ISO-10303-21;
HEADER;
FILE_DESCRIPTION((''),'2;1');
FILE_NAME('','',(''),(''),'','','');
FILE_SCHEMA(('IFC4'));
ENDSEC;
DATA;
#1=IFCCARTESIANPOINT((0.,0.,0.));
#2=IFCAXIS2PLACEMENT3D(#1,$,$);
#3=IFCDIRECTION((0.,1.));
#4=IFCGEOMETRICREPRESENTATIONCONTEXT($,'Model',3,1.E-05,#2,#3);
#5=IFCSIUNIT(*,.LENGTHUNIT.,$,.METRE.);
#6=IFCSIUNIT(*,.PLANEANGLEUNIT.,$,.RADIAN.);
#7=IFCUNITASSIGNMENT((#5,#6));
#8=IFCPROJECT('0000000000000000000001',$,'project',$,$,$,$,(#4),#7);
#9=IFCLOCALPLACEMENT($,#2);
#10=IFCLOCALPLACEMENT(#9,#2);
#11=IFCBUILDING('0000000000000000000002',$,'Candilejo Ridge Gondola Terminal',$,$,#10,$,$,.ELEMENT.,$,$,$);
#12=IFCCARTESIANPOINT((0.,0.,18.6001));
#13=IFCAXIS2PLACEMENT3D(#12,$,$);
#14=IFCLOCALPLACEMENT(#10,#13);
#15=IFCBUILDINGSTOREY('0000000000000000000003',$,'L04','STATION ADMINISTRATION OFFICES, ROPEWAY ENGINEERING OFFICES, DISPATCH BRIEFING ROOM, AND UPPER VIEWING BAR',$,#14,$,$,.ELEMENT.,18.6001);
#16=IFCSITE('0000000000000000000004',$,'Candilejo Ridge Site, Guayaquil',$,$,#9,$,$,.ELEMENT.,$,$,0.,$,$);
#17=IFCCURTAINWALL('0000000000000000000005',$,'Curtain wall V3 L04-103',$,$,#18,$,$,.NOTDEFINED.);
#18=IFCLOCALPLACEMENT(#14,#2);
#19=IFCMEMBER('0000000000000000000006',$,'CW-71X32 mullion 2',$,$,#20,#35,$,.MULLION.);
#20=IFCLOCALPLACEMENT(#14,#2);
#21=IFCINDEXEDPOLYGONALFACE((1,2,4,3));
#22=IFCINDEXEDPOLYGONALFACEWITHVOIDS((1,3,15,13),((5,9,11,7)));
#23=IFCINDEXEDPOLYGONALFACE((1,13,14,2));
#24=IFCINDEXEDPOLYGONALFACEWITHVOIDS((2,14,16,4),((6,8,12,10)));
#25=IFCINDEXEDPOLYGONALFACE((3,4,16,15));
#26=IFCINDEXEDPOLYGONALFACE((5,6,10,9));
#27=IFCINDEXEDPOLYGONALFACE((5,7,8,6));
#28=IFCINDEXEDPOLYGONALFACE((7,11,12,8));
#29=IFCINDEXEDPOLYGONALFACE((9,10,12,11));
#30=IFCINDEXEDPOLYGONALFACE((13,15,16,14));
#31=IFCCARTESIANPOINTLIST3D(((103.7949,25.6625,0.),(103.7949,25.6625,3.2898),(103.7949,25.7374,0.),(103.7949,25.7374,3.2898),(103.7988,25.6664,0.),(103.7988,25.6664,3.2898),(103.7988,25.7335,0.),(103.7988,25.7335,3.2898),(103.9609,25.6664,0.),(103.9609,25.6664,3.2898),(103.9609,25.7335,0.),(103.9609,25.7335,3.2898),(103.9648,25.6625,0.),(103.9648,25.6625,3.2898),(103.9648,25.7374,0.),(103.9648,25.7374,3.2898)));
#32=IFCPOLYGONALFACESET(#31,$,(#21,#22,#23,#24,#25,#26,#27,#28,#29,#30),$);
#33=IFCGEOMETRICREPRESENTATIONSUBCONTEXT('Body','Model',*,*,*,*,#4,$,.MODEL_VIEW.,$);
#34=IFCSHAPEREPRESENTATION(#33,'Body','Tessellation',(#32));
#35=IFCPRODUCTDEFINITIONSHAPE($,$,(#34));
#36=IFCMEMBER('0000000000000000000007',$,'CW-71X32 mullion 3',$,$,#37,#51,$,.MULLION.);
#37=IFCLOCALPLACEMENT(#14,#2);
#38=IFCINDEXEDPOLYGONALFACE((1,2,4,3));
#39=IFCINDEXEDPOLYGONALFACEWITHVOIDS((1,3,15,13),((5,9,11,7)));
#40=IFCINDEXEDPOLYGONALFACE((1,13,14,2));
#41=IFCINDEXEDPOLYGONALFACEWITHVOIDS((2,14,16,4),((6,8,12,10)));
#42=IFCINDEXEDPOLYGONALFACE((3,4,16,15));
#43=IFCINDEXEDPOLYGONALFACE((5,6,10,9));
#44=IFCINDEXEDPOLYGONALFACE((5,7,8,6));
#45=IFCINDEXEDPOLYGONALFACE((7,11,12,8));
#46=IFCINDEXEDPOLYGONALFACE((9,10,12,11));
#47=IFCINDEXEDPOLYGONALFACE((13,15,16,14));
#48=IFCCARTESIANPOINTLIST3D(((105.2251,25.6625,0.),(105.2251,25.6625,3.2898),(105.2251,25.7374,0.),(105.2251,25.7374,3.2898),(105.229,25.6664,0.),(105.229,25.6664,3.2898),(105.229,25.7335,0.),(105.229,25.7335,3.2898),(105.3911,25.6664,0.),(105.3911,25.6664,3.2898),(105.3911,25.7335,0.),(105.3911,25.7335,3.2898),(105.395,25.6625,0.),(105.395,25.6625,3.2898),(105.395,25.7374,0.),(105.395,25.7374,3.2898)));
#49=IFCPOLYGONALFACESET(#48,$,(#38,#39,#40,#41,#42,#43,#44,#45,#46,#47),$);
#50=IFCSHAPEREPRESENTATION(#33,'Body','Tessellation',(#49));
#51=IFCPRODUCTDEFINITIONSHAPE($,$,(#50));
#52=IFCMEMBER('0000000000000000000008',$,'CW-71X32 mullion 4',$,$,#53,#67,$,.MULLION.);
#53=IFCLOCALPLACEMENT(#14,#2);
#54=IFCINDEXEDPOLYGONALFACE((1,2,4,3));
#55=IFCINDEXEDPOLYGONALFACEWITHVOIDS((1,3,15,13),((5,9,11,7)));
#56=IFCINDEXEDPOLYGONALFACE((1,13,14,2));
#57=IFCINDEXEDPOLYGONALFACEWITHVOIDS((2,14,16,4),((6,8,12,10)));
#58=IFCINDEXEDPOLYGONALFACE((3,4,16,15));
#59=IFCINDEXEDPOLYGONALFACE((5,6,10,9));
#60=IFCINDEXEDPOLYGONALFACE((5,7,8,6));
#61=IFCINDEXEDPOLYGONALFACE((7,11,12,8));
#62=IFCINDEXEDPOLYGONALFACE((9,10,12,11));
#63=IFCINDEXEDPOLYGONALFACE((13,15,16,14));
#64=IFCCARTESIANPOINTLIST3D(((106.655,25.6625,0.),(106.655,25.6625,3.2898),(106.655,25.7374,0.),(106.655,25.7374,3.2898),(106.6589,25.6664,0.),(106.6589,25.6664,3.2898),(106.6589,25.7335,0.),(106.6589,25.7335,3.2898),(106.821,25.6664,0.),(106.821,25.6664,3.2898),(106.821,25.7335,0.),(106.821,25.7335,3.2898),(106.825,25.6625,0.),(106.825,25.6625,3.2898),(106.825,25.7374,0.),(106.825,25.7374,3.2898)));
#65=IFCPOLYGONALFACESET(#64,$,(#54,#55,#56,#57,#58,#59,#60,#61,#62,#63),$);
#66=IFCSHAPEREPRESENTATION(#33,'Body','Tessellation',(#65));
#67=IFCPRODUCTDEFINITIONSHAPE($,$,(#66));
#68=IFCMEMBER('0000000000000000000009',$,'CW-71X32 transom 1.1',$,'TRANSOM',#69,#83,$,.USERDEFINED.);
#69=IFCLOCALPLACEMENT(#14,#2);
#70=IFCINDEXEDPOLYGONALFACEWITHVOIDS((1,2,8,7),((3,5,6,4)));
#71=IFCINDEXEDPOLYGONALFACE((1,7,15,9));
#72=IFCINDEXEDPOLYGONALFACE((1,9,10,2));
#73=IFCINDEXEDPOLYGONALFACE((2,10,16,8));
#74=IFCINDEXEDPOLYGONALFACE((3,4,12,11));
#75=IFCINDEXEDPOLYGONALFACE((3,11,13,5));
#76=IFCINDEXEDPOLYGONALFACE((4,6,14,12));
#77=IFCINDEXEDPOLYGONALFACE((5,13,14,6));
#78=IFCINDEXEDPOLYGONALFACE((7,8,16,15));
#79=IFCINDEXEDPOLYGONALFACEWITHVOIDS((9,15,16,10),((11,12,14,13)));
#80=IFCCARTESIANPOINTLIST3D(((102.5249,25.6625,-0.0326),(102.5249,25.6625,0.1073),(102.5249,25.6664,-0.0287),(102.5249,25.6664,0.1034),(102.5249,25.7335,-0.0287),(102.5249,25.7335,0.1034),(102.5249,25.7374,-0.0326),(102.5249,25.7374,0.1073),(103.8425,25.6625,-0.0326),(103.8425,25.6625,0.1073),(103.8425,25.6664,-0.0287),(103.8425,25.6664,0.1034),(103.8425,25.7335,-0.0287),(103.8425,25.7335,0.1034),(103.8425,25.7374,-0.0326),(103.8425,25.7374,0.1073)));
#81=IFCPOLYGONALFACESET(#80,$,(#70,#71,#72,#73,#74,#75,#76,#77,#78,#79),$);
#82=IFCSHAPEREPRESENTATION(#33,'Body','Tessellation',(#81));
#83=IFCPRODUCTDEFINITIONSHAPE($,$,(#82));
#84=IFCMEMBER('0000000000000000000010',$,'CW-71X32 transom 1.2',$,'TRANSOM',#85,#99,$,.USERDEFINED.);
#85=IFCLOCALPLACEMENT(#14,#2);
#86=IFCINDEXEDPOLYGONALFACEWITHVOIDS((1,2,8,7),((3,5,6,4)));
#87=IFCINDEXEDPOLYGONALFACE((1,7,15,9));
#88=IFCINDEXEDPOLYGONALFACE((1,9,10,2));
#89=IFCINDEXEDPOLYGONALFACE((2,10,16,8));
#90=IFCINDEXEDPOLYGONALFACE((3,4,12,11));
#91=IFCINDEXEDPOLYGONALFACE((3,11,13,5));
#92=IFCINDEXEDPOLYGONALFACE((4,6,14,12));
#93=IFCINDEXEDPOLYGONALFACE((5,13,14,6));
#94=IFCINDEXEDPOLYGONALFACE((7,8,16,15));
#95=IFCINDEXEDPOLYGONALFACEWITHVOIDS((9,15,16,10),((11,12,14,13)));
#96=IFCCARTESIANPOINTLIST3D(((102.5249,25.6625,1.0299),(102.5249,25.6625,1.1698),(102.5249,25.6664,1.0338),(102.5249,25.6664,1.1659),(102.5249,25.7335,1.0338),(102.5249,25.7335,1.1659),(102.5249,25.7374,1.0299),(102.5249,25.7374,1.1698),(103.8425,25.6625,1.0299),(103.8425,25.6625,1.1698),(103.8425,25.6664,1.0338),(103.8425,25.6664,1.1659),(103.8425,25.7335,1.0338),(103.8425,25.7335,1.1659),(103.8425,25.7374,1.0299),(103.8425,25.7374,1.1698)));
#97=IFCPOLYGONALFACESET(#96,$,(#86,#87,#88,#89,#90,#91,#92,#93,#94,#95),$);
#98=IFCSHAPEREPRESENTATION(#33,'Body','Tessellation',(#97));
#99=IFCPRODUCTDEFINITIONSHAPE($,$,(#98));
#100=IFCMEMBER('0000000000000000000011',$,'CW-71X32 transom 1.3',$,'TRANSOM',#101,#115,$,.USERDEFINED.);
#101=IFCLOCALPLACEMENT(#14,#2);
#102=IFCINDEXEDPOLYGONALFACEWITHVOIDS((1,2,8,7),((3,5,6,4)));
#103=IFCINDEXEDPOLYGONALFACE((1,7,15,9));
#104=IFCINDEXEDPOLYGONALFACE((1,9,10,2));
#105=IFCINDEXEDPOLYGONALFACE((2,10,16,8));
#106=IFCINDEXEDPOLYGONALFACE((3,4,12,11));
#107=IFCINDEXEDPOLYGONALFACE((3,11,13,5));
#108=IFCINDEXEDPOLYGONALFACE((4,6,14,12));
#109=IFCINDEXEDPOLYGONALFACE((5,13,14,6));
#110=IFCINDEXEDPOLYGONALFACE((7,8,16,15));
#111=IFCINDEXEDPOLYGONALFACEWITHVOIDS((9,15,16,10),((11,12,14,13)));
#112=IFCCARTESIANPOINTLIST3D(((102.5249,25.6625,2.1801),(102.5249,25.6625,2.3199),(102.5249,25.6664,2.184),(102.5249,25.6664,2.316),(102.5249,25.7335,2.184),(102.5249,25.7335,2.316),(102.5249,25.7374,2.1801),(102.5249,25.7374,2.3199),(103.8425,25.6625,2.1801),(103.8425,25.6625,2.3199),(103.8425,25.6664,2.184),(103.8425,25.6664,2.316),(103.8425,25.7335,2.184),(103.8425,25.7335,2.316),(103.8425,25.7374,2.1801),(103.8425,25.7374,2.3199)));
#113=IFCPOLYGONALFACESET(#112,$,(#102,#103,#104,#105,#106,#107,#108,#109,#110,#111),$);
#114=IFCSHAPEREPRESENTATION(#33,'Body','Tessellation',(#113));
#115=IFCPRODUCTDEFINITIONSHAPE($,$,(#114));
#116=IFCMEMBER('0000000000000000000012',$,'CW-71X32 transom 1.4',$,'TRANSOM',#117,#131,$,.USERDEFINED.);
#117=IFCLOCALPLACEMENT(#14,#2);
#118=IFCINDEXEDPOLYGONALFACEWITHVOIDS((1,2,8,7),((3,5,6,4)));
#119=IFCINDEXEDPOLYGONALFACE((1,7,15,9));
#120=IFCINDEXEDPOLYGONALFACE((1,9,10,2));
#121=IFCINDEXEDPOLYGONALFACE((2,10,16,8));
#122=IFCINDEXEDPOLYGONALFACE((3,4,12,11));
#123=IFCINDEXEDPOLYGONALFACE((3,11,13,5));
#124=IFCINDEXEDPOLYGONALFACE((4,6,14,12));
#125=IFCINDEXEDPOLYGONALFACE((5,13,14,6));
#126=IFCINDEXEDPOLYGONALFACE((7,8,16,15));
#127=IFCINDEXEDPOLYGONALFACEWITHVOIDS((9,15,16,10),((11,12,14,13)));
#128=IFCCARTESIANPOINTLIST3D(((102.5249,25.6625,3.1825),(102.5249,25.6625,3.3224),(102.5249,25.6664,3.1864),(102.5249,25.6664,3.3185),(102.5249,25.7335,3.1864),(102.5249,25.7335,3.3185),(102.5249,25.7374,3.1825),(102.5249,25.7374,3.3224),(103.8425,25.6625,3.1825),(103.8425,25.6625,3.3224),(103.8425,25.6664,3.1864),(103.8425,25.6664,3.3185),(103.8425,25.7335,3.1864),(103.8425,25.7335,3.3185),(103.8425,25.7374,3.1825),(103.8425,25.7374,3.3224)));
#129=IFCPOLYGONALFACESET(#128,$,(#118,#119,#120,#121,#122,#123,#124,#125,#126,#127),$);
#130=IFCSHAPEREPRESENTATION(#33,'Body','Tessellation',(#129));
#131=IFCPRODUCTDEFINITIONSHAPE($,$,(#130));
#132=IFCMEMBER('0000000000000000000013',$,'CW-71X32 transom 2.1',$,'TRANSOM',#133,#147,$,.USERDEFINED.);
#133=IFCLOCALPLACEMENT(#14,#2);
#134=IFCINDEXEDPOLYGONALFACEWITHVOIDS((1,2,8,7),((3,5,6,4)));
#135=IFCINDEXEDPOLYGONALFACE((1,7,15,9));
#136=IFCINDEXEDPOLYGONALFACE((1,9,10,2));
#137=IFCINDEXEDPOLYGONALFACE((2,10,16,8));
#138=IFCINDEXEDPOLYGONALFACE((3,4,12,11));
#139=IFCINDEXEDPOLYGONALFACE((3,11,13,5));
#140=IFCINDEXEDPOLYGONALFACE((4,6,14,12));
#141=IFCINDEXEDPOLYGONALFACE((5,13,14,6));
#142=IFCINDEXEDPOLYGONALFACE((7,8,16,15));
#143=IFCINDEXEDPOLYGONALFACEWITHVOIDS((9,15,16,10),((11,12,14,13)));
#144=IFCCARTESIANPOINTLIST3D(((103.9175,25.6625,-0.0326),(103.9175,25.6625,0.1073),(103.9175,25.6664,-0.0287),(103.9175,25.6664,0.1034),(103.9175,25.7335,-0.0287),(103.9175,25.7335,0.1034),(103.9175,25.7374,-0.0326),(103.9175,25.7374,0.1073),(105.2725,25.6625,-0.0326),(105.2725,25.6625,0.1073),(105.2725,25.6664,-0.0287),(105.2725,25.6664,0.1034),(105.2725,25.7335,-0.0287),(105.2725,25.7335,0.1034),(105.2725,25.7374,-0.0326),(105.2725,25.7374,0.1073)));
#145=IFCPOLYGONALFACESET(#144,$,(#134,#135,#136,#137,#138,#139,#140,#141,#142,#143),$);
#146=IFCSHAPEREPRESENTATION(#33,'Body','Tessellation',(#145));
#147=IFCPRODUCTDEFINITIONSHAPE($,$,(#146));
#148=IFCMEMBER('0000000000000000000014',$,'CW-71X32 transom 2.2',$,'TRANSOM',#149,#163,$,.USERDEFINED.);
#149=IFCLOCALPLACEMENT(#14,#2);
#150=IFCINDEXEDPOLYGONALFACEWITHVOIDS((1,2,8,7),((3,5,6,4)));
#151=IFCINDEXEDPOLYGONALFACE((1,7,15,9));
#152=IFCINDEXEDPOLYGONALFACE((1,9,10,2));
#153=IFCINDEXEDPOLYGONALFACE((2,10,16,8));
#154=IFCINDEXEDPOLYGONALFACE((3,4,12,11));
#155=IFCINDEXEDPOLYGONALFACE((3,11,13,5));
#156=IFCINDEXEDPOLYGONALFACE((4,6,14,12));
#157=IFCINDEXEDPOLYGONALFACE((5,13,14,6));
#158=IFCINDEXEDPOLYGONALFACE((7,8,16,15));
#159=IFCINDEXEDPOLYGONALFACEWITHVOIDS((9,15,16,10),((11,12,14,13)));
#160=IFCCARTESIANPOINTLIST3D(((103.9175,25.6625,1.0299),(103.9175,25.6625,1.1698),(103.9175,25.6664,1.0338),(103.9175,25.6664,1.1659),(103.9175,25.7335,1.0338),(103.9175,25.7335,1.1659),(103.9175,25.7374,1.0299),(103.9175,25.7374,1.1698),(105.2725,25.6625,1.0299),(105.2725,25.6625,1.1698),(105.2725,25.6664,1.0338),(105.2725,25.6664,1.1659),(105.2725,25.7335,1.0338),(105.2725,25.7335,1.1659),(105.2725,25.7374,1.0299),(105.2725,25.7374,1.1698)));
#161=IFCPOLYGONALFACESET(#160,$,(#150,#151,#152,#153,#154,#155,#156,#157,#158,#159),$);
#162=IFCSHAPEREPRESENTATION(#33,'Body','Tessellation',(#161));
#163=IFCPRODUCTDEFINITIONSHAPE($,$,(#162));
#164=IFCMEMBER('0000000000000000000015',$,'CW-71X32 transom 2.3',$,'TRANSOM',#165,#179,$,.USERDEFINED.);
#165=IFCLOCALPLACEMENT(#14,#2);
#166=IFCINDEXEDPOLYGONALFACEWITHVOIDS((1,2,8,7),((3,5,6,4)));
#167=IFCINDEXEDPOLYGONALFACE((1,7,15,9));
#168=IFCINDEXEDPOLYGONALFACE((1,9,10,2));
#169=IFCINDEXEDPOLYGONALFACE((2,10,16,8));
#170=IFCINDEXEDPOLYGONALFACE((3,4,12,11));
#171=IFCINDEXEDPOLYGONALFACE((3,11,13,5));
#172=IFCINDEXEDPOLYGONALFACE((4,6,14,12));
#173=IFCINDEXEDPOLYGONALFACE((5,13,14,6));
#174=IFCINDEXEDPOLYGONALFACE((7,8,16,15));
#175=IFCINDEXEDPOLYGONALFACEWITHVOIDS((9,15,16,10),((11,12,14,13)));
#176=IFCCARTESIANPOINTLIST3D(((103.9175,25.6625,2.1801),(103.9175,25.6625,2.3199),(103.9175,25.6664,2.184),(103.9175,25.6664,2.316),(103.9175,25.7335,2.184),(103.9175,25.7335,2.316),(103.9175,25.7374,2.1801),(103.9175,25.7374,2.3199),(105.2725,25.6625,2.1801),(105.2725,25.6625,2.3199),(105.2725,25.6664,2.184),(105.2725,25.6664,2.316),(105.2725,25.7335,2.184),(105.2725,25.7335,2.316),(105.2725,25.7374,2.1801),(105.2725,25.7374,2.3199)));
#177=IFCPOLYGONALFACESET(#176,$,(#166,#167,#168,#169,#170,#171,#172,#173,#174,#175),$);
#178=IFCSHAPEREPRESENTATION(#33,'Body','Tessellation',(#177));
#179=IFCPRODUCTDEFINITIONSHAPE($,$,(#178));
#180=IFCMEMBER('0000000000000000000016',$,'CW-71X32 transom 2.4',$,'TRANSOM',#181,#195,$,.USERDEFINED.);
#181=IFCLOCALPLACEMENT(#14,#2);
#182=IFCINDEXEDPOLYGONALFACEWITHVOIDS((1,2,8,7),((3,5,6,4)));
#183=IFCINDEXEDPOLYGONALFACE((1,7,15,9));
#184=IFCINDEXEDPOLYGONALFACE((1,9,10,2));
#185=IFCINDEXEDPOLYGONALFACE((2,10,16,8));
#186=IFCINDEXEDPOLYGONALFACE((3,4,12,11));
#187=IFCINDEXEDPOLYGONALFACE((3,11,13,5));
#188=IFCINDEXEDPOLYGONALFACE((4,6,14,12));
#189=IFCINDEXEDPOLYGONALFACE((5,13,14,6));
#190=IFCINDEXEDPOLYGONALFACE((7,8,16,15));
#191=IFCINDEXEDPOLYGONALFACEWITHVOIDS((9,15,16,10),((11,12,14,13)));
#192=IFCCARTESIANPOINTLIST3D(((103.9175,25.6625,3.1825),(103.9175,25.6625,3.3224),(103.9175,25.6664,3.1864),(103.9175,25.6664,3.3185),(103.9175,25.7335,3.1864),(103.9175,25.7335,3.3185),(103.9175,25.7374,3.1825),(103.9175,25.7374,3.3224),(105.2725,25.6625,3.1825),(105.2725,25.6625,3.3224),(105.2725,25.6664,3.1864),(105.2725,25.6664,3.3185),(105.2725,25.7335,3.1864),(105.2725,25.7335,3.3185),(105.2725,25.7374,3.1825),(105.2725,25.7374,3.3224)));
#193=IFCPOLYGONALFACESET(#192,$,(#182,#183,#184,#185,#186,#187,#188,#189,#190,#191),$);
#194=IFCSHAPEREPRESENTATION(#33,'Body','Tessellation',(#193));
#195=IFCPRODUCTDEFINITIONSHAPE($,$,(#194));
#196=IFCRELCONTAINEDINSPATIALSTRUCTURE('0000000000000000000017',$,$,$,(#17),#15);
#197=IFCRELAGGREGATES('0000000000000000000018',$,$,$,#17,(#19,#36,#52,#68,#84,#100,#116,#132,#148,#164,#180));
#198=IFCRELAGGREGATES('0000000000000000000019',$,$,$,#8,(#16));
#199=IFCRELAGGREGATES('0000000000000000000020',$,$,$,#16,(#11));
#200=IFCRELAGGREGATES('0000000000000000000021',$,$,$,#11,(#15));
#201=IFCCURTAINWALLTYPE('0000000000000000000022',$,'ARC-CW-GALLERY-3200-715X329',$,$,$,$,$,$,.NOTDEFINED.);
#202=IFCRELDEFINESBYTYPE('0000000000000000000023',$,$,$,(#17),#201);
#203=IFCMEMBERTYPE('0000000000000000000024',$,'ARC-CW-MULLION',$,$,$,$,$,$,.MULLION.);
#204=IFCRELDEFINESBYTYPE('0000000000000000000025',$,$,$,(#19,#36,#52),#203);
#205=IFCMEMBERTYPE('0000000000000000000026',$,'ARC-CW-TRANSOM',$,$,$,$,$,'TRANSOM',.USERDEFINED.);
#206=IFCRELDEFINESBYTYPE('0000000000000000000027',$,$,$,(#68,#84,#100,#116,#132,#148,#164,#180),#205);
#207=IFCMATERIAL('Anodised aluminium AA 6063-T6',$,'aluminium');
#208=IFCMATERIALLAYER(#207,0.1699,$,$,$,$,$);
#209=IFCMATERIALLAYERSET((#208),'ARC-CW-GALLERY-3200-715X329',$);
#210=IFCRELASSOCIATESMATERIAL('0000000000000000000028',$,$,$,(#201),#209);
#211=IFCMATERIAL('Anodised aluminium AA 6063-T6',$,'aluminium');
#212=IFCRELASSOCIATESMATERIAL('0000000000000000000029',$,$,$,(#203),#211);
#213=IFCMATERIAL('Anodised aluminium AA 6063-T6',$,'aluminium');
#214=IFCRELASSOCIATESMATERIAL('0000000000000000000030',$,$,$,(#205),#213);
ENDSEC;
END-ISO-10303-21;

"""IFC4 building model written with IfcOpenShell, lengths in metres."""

from ifc_helpers import new_model, si_unit, direction, frame, origin, origin_2d, place, context, subcontext, project, spatial, hollow_rectangle, extrude, material, layer, layer_set, material_profile, profile_set, type_object, element, aggregate, save


model = new_model("IFC4")

# Units and contexts
model_context = context("Model", 3, precision=1e-05, world=origin(), true_north=direction((0.0, 1.0)))
body_context = subcontext(model_context, "Body", "Model", "MODEL_VIEW")
ifc_project = project(units=[si_unit("LENGTHUNIT", "METRE"), si_unit("PLANEANGLEUNIT", "RADIAN")], contexts=[model_context])

# Site, building, storey
site_placement = place(None, origin())
site = spatial("IfcSite", under=ifc_project, at=site_placement, Name="Candilejo Ridge Site, Guayaquil", CompositionType="ELEMENT", RefElevation=0.0)
building_placement = place(site_placement, origin())
building = spatial("IfcBuilding", under=site, at=building_placement, Name="Candilejo Ridge Gondola Terminal", CompositionType="ELEMENT")
storey_placement = place(building_placement, frame((0.0, 0.0, 18.6001)))
storey = spatial("IfcBuildingStorey", under=building, at=storey_placement, Name="L04", Description="STATION ADMINISTRATION OFFICES, ROPEWAY ENGINEERING OFFICES, DISPATCH BRIEFING ROOM, AND UPPER VIEWING BAR", CompositionType="ELEMENT", Elevation=18.6001)

# Curtain wall, members
ifc_material_1 = material(Name="Anodised aluminium AA 6063-T6", Category="aluminium")
ifc_layer_1 = layer(ifc_material_1, 0.1699)
ifc_layer_set_1 = layer_set([ifc_layer_1], Name="ARC-CW-GALLERY-3200-715X329")
curtain_wall_type = type_object("IfcCurtainWallType", Name="ARC-CW-GALLERY-3200-715X329", PredefinedType="NOTDEFINED", material=ifc_layer_set_1)
curtain_wall_placement = place(storey_placement, origin())
curtain_wall = element("IfcCurtainWall", 1, at=curtain_wall_placement, inside=storey, type_object=curtain_wall_type, Name="Curtain wall V3 L04-103", PredefinedType="NOTDEFINED")
ifc_material_2 = material(Name="Anodised aluminium AA 6063-T6", Category="aluminium")
ifc_material_profile_1 = material_profile(ifc_material_2, hollow_rectangle(XDim=0.075, YDim=0.1699, WallThickness=0.0039, at=origin_2d()))
ifc_profile_set_1 = profile_set([ifc_material_profile_1], Name="Anodised aluminium AA 6063-T6")
member_type_1 = type_object("IfcMemberType", Name="ARC-CW-MULLION", PredefinedType="MULLION", material=ifc_profile_set_1)
member_1_placement = place(storey_placement, frame((103.8799, 25.7, 0.0), z_axis=(0.0, 0.0, 1.0), x_axis=(0.0, 1.0, 0.0)))
member_1 = element("IfcMember", 2, at=member_1_placement, type_object=member_type_1, Name="CW-71X32 mullion 2", PredefinedType="MULLION", context=body_context, shape_type="SweptSolid", body=[
    extrude(hollow_rectangle(XDim=0.075, YDim=0.1699, WallThickness=0.0039, at=origin_2d()), origin(), (0.0, 0.0, 1.0), 3.2898),
])
member_2_placement = place(storey_placement, frame((105.3101, 25.7, 0.0), z_axis=(0.0, 0.0, 1.0), x_axis=(0.0, 1.0, 0.0)))
member_2 = element("IfcMember", 3, at=member_2_placement, type_object=member_type_1, Name="CW-71X32 mullion 3", PredefinedType="MULLION", context=body_context, shape_type="SweptSolid", body=[
    extrude(hollow_rectangle(XDim=0.075, YDim=0.1699, WallThickness=0.0039, at=origin_2d()), origin(), (0.0, 0.0, 1.0), 3.2898),
])
member_3_placement = place(storey_placement, frame((106.74, 25.7, 0.0), z_axis=(0.0, 0.0, 1.0), x_axis=(0.0, 1.0, 0.0)))
member_3 = element("IfcMember", 4, at=member_3_placement, type_object=member_type_1, Name="CW-71X32 mullion 4", PredefinedType="MULLION", context=body_context, shape_type="SweptSolid", body=[
    extrude(hollow_rectangle(XDim=0.075, YDim=0.1699, WallThickness=0.0039, at=origin_2d()), origin(), (0.0, 0.0, 1.0), 3.2898),
])
ifc_material_3 = material(Name="Anodised aluminium AA 6063-T6", Category="aluminium")
ifc_material_profile_2 = material_profile(ifc_material_3, hollow_rectangle(XDim=0.075, YDim=0.1399, WallThickness=0.0039, at=origin_2d()))
ifc_profile_set_2 = profile_set([ifc_material_profile_2], Name="Anodised aluminium AA 6063-T6")
member_type_2 = type_object("IfcMemberType", Name="ARC-CW-TRANSOM", ElementType="TRANSOM", PredefinedType="USERDEFINED", material=ifc_profile_set_2)
member_4_placement = place(storey_placement, frame((102.5249, 25.7, 0.0374), z_axis=(1.0, 0.0, 0.0), x_axis=(0.0, 1.0, 0.0)))
member_4 = element("IfcMember", 5, at=member_4_placement, type_object=member_type_2, Name="CW-71X32 transom 1.1", ObjectType="TRANSOM", PredefinedType="USERDEFINED", context=body_context, shape_type="SweptSolid", body=[
    extrude(hollow_rectangle(XDim=0.075, YDim=0.1399, WallThickness=0.0039, at=origin_2d()), origin(), (0.0, 0.0, 1.0), 1.3176),
])
member_5_placement = place(storey_placement, frame((102.5249, 25.7, 1.0999), z_axis=(1.0, 0.0, 0.0), x_axis=(0.0, 1.0, 0.0)))
member_5 = element("IfcMember", 6, at=member_5_placement, type_object=member_type_2, Name="CW-71X32 transom 1.2", ObjectType="TRANSOM", PredefinedType="USERDEFINED", context=body_context, shape_type="SweptSolid", body=[
    extrude(hollow_rectangle(XDim=0.075, YDim=0.1399, WallThickness=0.0039, at=origin_2d()), origin(), (0.0, 0.0, 1.0), 1.3176),
])
member_6_placement = place(storey_placement, frame((102.5249, 25.7, 2.25), z_axis=(1.0, 0.0, 0.0), x_axis=(0.0, 1.0, 0.0)))
member_6 = element("IfcMember", 7, at=member_6_placement, type_object=member_type_2, Name="CW-71X32 transom 1.3", ObjectType="TRANSOM", PredefinedType="USERDEFINED", context=body_context, shape_type="SweptSolid", body=[
    extrude(hollow_rectangle(XDim=0.075, YDim=0.1399, WallThickness=0.0039, at=origin_2d()), origin(), (0.0, 0.0, 1.0), 1.3176),
])
member_7_placement = place(storey_placement, frame((102.5249, 25.7, 3.2524), z_axis=(1.0, 0.0, 0.0), x_axis=(0.0, 1.0, 0.0)))
member_7 = element("IfcMember", 8, at=member_7_placement, type_object=member_type_2, Name="CW-71X32 transom 1.4", ObjectType="TRANSOM", PredefinedType="USERDEFINED", context=body_context, shape_type="SweptSolid", body=[
    extrude(hollow_rectangle(XDim=0.075, YDim=0.1399, WallThickness=0.0039, at=origin_2d()), origin(), (0.0, 0.0, 1.0), 1.3176),
])
member_8_placement = place(storey_placement, frame((103.9175, 25.7, 0.0374), z_axis=(1.0, 0.0, 0.0), x_axis=(0.0, 1.0, 0.0)))
member_8 = element("IfcMember", 9, at=member_8_placement, type_object=member_type_2, Name="CW-71X32 transom 2.1", ObjectType="TRANSOM", PredefinedType="USERDEFINED", context=body_context, shape_type="SweptSolid", body=[
    extrude(hollow_rectangle(XDim=0.075, YDim=0.1399, WallThickness=0.0039, at=origin_2d()), origin(), (0.0, 0.0, 1.0), 1.355),
])
member_9_placement = place(storey_placement, frame((103.9175, 25.7, 1.0999), z_axis=(1.0, 0.0, 0.0), x_axis=(0.0, 1.0, 0.0)))
member_9 = element("IfcMember", 10, at=member_9_placement, type_object=member_type_2, Name="CW-71X32 transom 2.2", ObjectType="TRANSOM", PredefinedType="USERDEFINED", context=body_context, shape_type="SweptSolid", body=[
    extrude(hollow_rectangle(XDim=0.075, YDim=0.1399, WallThickness=0.0039, at=origin_2d()), origin(), (0.0, 0.0, 1.0), 1.355),
])
member_10_placement = place(storey_placement, frame((103.9175, 25.7, 2.25), z_axis=(1.0, 0.0, 0.0), x_axis=(0.0, 1.0, 0.0)))
member_10 = element("IfcMember", 11, at=member_10_placement, type_object=member_type_2, Name="CW-71X32 transom 2.3", ObjectType="TRANSOM", PredefinedType="USERDEFINED", context=body_context, shape_type="SweptSolid", body=[
    extrude(hollow_rectangle(XDim=0.075, YDim=0.1399, WallThickness=0.0039, at=origin_2d()), origin(), (0.0, 0.0, 1.0), 1.355),
])
member_11_placement = place(storey_placement, frame((103.9175, 25.7, 3.2524), z_axis=(1.0, 0.0, 0.0), x_axis=(0.0, 1.0, 0.0)))
member_11 = element("IfcMember", 12, at=member_11_placement, type_object=member_type_2, Name="CW-71X32 transom 2.4", ObjectType="TRANSOM", PredefinedType="USERDEFINED", context=body_context, shape_type="SweptSolid", body=[
    extrude(hollow_rectangle(XDim=0.075, YDim=0.1399, WallThickness=0.0039, at=origin_2d()), origin(), (0.0, 0.0, 1.0), 1.355),
])
aggregate(curtain_wall, [member_1, member_2, member_3, member_4, member_5, member_6, member_7, member_8, member_9, member_10, member_11])

save(model, "model.ifc")
